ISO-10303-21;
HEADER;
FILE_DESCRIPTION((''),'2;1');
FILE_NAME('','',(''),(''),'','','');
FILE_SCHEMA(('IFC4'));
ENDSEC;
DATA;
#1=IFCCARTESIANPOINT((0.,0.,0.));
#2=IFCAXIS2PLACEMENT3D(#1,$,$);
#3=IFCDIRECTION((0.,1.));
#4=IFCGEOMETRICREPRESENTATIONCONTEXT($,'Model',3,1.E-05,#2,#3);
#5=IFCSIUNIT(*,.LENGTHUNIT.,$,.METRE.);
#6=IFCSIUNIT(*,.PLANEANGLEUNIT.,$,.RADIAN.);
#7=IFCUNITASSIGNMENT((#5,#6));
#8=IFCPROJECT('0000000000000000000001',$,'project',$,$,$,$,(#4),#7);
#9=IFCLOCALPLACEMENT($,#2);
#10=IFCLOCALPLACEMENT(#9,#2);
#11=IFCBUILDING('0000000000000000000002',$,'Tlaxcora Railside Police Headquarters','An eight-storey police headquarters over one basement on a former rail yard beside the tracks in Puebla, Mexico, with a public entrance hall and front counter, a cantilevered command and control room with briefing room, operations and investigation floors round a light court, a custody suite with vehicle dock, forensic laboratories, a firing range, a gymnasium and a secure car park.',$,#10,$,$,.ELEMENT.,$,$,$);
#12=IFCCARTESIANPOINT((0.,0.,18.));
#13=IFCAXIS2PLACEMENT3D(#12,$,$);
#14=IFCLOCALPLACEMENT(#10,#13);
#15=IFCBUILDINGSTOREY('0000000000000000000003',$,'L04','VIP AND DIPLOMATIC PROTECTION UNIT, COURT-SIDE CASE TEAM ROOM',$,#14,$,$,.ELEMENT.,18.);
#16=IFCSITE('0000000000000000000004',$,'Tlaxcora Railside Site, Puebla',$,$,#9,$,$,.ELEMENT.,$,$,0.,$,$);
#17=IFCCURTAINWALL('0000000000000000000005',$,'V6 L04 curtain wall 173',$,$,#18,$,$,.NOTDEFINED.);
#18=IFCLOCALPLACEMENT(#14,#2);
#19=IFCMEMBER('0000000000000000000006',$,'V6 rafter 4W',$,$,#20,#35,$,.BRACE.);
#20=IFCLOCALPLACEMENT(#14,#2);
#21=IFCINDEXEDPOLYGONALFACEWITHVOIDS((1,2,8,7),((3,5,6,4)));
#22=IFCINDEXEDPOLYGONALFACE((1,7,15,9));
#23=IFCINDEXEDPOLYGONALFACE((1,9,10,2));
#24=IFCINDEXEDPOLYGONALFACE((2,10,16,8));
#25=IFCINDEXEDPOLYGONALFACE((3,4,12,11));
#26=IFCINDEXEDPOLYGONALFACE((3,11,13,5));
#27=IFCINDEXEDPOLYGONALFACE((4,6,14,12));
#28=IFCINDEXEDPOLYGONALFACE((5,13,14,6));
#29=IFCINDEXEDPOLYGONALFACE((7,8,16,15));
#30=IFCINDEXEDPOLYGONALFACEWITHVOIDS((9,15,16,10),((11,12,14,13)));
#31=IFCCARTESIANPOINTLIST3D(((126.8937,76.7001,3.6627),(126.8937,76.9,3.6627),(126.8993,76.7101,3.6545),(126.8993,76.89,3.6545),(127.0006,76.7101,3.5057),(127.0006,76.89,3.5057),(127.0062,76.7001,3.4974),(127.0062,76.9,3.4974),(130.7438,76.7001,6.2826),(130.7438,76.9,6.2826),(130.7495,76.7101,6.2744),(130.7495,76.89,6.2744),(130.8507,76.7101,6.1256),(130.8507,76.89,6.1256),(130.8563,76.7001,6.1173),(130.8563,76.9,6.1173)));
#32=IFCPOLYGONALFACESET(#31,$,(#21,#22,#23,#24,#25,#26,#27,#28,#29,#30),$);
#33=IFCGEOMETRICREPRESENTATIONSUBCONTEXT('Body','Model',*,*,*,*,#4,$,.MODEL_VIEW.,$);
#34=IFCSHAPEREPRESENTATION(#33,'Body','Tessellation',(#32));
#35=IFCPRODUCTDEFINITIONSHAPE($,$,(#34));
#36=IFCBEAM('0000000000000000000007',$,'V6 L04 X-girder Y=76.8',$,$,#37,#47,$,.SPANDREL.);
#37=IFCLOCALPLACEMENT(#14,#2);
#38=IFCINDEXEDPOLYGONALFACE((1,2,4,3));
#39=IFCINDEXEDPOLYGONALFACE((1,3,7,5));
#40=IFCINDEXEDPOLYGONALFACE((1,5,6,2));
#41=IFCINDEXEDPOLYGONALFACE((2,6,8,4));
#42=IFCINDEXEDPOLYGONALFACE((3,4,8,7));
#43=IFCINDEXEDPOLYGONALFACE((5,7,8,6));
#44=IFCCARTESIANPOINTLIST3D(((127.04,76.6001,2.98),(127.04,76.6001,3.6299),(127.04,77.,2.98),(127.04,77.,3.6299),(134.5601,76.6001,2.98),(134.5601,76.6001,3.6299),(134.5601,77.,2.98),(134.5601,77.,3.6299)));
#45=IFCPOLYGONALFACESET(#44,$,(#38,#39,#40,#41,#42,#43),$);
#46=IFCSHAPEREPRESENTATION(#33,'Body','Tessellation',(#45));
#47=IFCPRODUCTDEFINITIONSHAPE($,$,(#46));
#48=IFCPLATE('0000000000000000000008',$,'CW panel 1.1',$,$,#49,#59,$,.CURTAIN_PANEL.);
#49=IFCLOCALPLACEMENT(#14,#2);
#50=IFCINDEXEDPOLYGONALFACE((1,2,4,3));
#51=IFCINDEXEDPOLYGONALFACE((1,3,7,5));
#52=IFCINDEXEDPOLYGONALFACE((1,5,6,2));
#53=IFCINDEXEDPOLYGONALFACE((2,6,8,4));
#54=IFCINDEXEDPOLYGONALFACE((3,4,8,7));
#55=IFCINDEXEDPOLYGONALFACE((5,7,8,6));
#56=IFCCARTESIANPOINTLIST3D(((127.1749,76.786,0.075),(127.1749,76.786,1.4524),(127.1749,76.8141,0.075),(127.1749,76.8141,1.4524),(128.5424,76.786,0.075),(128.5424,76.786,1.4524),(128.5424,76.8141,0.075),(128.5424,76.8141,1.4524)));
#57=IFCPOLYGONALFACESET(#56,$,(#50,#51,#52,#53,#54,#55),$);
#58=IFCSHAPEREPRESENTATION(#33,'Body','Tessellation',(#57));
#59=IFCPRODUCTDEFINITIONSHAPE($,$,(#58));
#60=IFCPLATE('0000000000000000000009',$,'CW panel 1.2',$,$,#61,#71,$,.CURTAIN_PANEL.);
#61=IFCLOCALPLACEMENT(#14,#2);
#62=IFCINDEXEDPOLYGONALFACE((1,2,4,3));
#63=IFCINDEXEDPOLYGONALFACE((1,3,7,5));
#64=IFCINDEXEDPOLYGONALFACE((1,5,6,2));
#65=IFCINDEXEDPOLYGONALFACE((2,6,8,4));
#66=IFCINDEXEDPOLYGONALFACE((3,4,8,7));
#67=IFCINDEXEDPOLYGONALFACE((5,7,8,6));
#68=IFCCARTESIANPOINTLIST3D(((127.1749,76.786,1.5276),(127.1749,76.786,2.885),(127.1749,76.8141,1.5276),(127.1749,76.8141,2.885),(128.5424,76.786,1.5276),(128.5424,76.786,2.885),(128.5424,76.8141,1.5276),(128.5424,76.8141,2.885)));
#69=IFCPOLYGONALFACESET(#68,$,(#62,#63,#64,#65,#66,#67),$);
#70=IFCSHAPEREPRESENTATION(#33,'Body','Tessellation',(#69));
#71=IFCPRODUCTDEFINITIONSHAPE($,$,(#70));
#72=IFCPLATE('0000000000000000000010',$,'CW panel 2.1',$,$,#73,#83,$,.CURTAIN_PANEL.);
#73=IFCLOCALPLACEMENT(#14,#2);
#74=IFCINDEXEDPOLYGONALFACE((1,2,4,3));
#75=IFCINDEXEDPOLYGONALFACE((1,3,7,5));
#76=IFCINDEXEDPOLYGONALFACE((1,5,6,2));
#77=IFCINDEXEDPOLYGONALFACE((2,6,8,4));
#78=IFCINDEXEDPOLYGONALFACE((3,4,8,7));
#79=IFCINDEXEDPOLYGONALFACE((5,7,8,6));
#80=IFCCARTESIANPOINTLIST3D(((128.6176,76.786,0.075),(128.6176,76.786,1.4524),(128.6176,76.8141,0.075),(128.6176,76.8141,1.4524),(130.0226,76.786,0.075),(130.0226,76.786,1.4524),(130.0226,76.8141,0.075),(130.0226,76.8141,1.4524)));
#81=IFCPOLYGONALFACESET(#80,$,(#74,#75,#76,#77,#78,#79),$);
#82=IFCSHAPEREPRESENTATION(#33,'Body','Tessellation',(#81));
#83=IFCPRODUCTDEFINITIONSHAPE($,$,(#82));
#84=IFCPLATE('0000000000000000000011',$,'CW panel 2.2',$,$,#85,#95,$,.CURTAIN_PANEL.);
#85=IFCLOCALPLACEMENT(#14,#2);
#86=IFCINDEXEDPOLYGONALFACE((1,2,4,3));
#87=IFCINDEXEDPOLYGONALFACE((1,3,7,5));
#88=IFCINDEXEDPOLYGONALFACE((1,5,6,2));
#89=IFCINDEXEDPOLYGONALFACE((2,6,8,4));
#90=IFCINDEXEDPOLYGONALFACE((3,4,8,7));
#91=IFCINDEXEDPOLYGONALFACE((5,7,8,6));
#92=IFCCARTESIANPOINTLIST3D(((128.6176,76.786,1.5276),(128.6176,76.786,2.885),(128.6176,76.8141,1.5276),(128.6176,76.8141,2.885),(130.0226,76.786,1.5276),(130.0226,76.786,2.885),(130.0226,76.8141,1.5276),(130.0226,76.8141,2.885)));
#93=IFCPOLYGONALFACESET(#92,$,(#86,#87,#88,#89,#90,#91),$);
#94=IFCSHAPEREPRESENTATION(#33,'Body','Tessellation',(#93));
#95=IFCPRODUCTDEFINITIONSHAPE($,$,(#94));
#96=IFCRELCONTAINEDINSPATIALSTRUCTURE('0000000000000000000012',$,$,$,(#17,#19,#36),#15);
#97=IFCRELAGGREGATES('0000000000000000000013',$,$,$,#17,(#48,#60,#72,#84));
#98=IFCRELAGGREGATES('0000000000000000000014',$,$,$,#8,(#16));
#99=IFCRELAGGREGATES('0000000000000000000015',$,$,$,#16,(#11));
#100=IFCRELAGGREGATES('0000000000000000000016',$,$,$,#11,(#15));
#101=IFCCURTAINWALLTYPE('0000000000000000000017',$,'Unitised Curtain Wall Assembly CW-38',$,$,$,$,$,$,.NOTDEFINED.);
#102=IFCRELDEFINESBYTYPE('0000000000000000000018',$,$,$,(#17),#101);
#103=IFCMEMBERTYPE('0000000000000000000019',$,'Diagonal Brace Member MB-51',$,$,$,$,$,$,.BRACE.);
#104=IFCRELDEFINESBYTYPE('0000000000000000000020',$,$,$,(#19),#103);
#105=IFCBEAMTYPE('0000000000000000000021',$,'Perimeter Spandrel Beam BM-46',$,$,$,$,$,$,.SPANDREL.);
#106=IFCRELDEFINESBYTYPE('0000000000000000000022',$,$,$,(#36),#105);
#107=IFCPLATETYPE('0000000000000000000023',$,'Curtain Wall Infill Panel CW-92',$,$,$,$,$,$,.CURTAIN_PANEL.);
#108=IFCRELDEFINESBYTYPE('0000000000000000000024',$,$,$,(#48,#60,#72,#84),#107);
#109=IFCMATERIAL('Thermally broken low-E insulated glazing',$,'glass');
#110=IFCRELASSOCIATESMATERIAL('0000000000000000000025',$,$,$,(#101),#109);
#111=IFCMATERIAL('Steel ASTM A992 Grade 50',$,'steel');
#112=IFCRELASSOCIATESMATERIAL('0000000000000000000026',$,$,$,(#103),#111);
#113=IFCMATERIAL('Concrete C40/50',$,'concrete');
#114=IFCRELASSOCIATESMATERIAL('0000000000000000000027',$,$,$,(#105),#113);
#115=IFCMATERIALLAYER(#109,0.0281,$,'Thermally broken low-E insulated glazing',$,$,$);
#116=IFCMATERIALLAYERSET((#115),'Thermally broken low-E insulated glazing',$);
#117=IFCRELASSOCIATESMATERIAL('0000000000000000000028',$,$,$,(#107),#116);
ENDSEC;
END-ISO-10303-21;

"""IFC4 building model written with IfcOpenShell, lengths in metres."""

from ifc_helpers import new_model, si_unit, direction, frame, origin, origin_2d, place, context, subcontext, project, spatial, rectangle, hollow_rectangle, extrude, material, layer, layer_set, material_profile, profile_set, type_object, element, aggregate, save


model = new_model("IFC4")

# Units and contexts
model_context = context("Model", 3, precision=1e-05, world=origin(), true_north=direction((0.0, 1.0)))
body_context = subcontext(model_context, "Body", "Model", "MODEL_VIEW")
ifc_project = project(units=[si_unit("LENGTHUNIT", "METRE"), si_unit("PLANEANGLEUNIT", "RADIAN")], contexts=[model_context])

# Site, building, storey
site_placement = place(None, origin())
site = spatial("IfcSite", under=ifc_project, at=site_placement, Name="Tlaxcora Railside Site, Puebla", CompositionType="ELEMENT", RefElevation=0.0)
building_placement = place(site_placement, origin())
building = spatial("IfcBuilding", under=site, at=building_placement, Name="Tlaxcora Railside Police Headquarters", Description="An eight-storey police headquarters over one basement on a former rail yard beside the tracks in Puebla, Mexico, with a public entrance hall and front counter, a cantilevered command and control room with briefing room, operations and investigation floors round a light court, a custody suite with vehicle dock, forensic laboratories, a firing range, a gymnasium and a secure car park.", CompositionType="ELEMENT")
storey_placement = place(building_placement, frame((0.0, 0.0, 18.0)))
storey = spatial("IfcBuildingStorey", under=building, at=storey_placement, Name="L04", Description="VIP AND DIPLOMATIC PROTECTION UNIT, COURT-SIDE CASE TEAM ROOM", CompositionType="ELEMENT", Elevation=18.0)

# Shared definitions
ifc_material_1 = material(Name="Concrete C40/50", Category="concrete")

# Curtain wall
ifc_material_2 = material(Name="Thermally broken low-E insulated glazing", Category="glass")
curtain_wall_type = type_object("IfcCurtainWallType", Name="Unitised Curtain Wall Assembly CW-38", PredefinedType="NOTDEFINED", material=ifc_material_2)
curtain_wall_placement = place(storey_placement, origin())
curtain_wall = element("IfcCurtainWall", 1, at=curtain_wall_placement, inside=storey, type_object=curtain_wall_type, Name="V6 L04 curtain wall 173", PredefinedType="NOTDEFINED")

# Member
ifc_material_3 = material(Name="Steel ASTM A992 Grade 50", Category="steel")
ifc_material_profile_1 = material_profile(ifc_material_3, hollow_rectangle(XDim=0.2, YDim=0.2, WallThickness=0.01, at=origin_2d()), Name="HSS200X200X10")
ifc_profile_set_1 = profile_set([ifc_material_profile_1], Name="Steel ASTM A992 Grade 50")
member_type_1 = type_object("IfcMemberType", Name="Diagonal Brace Member MB-51", PredefinedType="BRACE", material=ifc_profile_set_1)
member_1_placement = place(storey_placement, frame((126.95, 76.8, 3.5801), z_axis=(0.826746, 0.0, 0.562575), x_axis=(0.0, 1.0, 0.0)))
element("IfcMember", 2, at=member_1_placement, inside=storey, type_object=member_type_1, Name="V6 rafter 4W", PredefinedType="BRACE", context=body_context, shape_type="SweptSolid", body=[
    extrude(hollow_rectangle(XDim=0.2, YDim=0.2, WallThickness=0.01, at=origin_2d()), origin(), (0.0, 0.0, 1.0), 4.657),
])

# Beam
ifc_material_profile_2 = material_profile(ifc_material_1, rectangle(XDim=0.3999, YDim=0.6499, at=origin_2d()), Name="RC400X650")
ifc_profile_set_2 = profile_set([ifc_material_profile_2], Name="Concrete C40/50")
beam_type = type_object("IfcBeamType", Name="Perimeter Spandrel Beam BM-46", PredefinedType="SPANDREL", material=ifc_profile_set_2)
beam_placement = place(storey_placement, frame((127.04, 76.8, 3.3049), z_axis=(1.0, 0.0, 0.0), x_axis=(0.0, 1.0, 0.0)))
element("IfcBeam", 3, at=beam_placement, inside=storey, type_object=beam_type, Name="V6 L04 X-girder Y=76.8", PredefinedType="SPANDREL", context=body_context, shape_type="SweptSolid", body=[
    extrude(rectangle(XDim=0.3999, YDim=0.6499, at=origin_2d()), origin(), (0.0, 0.0, 1.0), 7.52),
])

# Plates
ifc_layer = layer(ifc_material_2, 0.0281, Name="Thermally broken low-E insulated glazing")
ifc_layer_set = layer_set([ifc_layer], Name="Thermally broken low-E insulated glazing")
plate_type = type_object("IfcPlateType", Name="Curtain Wall Infill Panel CW-92", PredefinedType="CURTAIN_PANEL", material=ifc_layer_set)
plate_1_placement = place(storey_placement, frame((127.8586, 76.8, 0.075), z_axis=(0.0, 0.0, 1.0), x_axis=(1.0, 0.0, 0.0)))
plate_1 = element("IfcPlate", 4, at=plate_1_placement, type_object=plate_type, Name="CW panel 1.1", PredefinedType="CURTAIN_PANEL", context=body_context, shape_type="SweptSolid", body=[
    extrude(rectangle(XDim=1.3674, YDim=0.0281, at=origin_2d()), origin(), (0.0, 0.0, 1.0), 1.3774),
])
plate_2_placement = place(storey_placement, frame((127.8586, 76.8, 1.5276), z_axis=(0.0, 0.0, 1.0), x_axis=(1.0, 0.0, 0.0)))
plate_2 = element("IfcPlate", 5, at=plate_2_placement, type_object=plate_type, Name="CW panel 1.2", PredefinedType="CURTAIN_PANEL", context=body_context, shape_type="SweptSolid", body=[
    extrude(rectangle(XDim=1.3674, YDim=0.0281, at=origin_2d()), origin(), (0.0, 0.0, 1.0), 1.3574),
])
plate_3_placement = place(storey_placement, frame((129.3201, 76.8, 0.075), z_axis=(0.0, 0.0, 1.0), x_axis=(1.0, 0.0, 0.0)))
plate_3 = element("IfcPlate", 6, at=plate_3_placement, type_object=plate_type, Name="CW panel 2.1", PredefinedType="CURTAIN_PANEL", context=body_context, shape_type="SweptSolid", body=[
    extrude(rectangle(XDim=1.405, YDim=0.0281, at=origin_2d()), origin(), (0.0, 0.0, 1.0), 1.3774),
])
plate_4_placement = place(storey_placement, frame((129.3201, 76.8, 1.5276), z_axis=(0.0, 0.0, 1.0), x_axis=(1.0, 0.0, 0.0)))
plate_4 = element("IfcPlate", 7, at=plate_4_placement, type_object=plate_type, Name="CW panel 2.2", PredefinedType="CURTAIN_PANEL", context=body_context, shape_type="SweptSolid", body=[
    extrude(rectangle(XDim=1.405, YDim=0.0281, at=origin_2d()), origin(), (0.0, 0.0, 1.0), 1.3574),
])
aggregate(curtain_wall, [plate_1, plate_2, plate_3, plate_4])

save(model, "model.ifc")
